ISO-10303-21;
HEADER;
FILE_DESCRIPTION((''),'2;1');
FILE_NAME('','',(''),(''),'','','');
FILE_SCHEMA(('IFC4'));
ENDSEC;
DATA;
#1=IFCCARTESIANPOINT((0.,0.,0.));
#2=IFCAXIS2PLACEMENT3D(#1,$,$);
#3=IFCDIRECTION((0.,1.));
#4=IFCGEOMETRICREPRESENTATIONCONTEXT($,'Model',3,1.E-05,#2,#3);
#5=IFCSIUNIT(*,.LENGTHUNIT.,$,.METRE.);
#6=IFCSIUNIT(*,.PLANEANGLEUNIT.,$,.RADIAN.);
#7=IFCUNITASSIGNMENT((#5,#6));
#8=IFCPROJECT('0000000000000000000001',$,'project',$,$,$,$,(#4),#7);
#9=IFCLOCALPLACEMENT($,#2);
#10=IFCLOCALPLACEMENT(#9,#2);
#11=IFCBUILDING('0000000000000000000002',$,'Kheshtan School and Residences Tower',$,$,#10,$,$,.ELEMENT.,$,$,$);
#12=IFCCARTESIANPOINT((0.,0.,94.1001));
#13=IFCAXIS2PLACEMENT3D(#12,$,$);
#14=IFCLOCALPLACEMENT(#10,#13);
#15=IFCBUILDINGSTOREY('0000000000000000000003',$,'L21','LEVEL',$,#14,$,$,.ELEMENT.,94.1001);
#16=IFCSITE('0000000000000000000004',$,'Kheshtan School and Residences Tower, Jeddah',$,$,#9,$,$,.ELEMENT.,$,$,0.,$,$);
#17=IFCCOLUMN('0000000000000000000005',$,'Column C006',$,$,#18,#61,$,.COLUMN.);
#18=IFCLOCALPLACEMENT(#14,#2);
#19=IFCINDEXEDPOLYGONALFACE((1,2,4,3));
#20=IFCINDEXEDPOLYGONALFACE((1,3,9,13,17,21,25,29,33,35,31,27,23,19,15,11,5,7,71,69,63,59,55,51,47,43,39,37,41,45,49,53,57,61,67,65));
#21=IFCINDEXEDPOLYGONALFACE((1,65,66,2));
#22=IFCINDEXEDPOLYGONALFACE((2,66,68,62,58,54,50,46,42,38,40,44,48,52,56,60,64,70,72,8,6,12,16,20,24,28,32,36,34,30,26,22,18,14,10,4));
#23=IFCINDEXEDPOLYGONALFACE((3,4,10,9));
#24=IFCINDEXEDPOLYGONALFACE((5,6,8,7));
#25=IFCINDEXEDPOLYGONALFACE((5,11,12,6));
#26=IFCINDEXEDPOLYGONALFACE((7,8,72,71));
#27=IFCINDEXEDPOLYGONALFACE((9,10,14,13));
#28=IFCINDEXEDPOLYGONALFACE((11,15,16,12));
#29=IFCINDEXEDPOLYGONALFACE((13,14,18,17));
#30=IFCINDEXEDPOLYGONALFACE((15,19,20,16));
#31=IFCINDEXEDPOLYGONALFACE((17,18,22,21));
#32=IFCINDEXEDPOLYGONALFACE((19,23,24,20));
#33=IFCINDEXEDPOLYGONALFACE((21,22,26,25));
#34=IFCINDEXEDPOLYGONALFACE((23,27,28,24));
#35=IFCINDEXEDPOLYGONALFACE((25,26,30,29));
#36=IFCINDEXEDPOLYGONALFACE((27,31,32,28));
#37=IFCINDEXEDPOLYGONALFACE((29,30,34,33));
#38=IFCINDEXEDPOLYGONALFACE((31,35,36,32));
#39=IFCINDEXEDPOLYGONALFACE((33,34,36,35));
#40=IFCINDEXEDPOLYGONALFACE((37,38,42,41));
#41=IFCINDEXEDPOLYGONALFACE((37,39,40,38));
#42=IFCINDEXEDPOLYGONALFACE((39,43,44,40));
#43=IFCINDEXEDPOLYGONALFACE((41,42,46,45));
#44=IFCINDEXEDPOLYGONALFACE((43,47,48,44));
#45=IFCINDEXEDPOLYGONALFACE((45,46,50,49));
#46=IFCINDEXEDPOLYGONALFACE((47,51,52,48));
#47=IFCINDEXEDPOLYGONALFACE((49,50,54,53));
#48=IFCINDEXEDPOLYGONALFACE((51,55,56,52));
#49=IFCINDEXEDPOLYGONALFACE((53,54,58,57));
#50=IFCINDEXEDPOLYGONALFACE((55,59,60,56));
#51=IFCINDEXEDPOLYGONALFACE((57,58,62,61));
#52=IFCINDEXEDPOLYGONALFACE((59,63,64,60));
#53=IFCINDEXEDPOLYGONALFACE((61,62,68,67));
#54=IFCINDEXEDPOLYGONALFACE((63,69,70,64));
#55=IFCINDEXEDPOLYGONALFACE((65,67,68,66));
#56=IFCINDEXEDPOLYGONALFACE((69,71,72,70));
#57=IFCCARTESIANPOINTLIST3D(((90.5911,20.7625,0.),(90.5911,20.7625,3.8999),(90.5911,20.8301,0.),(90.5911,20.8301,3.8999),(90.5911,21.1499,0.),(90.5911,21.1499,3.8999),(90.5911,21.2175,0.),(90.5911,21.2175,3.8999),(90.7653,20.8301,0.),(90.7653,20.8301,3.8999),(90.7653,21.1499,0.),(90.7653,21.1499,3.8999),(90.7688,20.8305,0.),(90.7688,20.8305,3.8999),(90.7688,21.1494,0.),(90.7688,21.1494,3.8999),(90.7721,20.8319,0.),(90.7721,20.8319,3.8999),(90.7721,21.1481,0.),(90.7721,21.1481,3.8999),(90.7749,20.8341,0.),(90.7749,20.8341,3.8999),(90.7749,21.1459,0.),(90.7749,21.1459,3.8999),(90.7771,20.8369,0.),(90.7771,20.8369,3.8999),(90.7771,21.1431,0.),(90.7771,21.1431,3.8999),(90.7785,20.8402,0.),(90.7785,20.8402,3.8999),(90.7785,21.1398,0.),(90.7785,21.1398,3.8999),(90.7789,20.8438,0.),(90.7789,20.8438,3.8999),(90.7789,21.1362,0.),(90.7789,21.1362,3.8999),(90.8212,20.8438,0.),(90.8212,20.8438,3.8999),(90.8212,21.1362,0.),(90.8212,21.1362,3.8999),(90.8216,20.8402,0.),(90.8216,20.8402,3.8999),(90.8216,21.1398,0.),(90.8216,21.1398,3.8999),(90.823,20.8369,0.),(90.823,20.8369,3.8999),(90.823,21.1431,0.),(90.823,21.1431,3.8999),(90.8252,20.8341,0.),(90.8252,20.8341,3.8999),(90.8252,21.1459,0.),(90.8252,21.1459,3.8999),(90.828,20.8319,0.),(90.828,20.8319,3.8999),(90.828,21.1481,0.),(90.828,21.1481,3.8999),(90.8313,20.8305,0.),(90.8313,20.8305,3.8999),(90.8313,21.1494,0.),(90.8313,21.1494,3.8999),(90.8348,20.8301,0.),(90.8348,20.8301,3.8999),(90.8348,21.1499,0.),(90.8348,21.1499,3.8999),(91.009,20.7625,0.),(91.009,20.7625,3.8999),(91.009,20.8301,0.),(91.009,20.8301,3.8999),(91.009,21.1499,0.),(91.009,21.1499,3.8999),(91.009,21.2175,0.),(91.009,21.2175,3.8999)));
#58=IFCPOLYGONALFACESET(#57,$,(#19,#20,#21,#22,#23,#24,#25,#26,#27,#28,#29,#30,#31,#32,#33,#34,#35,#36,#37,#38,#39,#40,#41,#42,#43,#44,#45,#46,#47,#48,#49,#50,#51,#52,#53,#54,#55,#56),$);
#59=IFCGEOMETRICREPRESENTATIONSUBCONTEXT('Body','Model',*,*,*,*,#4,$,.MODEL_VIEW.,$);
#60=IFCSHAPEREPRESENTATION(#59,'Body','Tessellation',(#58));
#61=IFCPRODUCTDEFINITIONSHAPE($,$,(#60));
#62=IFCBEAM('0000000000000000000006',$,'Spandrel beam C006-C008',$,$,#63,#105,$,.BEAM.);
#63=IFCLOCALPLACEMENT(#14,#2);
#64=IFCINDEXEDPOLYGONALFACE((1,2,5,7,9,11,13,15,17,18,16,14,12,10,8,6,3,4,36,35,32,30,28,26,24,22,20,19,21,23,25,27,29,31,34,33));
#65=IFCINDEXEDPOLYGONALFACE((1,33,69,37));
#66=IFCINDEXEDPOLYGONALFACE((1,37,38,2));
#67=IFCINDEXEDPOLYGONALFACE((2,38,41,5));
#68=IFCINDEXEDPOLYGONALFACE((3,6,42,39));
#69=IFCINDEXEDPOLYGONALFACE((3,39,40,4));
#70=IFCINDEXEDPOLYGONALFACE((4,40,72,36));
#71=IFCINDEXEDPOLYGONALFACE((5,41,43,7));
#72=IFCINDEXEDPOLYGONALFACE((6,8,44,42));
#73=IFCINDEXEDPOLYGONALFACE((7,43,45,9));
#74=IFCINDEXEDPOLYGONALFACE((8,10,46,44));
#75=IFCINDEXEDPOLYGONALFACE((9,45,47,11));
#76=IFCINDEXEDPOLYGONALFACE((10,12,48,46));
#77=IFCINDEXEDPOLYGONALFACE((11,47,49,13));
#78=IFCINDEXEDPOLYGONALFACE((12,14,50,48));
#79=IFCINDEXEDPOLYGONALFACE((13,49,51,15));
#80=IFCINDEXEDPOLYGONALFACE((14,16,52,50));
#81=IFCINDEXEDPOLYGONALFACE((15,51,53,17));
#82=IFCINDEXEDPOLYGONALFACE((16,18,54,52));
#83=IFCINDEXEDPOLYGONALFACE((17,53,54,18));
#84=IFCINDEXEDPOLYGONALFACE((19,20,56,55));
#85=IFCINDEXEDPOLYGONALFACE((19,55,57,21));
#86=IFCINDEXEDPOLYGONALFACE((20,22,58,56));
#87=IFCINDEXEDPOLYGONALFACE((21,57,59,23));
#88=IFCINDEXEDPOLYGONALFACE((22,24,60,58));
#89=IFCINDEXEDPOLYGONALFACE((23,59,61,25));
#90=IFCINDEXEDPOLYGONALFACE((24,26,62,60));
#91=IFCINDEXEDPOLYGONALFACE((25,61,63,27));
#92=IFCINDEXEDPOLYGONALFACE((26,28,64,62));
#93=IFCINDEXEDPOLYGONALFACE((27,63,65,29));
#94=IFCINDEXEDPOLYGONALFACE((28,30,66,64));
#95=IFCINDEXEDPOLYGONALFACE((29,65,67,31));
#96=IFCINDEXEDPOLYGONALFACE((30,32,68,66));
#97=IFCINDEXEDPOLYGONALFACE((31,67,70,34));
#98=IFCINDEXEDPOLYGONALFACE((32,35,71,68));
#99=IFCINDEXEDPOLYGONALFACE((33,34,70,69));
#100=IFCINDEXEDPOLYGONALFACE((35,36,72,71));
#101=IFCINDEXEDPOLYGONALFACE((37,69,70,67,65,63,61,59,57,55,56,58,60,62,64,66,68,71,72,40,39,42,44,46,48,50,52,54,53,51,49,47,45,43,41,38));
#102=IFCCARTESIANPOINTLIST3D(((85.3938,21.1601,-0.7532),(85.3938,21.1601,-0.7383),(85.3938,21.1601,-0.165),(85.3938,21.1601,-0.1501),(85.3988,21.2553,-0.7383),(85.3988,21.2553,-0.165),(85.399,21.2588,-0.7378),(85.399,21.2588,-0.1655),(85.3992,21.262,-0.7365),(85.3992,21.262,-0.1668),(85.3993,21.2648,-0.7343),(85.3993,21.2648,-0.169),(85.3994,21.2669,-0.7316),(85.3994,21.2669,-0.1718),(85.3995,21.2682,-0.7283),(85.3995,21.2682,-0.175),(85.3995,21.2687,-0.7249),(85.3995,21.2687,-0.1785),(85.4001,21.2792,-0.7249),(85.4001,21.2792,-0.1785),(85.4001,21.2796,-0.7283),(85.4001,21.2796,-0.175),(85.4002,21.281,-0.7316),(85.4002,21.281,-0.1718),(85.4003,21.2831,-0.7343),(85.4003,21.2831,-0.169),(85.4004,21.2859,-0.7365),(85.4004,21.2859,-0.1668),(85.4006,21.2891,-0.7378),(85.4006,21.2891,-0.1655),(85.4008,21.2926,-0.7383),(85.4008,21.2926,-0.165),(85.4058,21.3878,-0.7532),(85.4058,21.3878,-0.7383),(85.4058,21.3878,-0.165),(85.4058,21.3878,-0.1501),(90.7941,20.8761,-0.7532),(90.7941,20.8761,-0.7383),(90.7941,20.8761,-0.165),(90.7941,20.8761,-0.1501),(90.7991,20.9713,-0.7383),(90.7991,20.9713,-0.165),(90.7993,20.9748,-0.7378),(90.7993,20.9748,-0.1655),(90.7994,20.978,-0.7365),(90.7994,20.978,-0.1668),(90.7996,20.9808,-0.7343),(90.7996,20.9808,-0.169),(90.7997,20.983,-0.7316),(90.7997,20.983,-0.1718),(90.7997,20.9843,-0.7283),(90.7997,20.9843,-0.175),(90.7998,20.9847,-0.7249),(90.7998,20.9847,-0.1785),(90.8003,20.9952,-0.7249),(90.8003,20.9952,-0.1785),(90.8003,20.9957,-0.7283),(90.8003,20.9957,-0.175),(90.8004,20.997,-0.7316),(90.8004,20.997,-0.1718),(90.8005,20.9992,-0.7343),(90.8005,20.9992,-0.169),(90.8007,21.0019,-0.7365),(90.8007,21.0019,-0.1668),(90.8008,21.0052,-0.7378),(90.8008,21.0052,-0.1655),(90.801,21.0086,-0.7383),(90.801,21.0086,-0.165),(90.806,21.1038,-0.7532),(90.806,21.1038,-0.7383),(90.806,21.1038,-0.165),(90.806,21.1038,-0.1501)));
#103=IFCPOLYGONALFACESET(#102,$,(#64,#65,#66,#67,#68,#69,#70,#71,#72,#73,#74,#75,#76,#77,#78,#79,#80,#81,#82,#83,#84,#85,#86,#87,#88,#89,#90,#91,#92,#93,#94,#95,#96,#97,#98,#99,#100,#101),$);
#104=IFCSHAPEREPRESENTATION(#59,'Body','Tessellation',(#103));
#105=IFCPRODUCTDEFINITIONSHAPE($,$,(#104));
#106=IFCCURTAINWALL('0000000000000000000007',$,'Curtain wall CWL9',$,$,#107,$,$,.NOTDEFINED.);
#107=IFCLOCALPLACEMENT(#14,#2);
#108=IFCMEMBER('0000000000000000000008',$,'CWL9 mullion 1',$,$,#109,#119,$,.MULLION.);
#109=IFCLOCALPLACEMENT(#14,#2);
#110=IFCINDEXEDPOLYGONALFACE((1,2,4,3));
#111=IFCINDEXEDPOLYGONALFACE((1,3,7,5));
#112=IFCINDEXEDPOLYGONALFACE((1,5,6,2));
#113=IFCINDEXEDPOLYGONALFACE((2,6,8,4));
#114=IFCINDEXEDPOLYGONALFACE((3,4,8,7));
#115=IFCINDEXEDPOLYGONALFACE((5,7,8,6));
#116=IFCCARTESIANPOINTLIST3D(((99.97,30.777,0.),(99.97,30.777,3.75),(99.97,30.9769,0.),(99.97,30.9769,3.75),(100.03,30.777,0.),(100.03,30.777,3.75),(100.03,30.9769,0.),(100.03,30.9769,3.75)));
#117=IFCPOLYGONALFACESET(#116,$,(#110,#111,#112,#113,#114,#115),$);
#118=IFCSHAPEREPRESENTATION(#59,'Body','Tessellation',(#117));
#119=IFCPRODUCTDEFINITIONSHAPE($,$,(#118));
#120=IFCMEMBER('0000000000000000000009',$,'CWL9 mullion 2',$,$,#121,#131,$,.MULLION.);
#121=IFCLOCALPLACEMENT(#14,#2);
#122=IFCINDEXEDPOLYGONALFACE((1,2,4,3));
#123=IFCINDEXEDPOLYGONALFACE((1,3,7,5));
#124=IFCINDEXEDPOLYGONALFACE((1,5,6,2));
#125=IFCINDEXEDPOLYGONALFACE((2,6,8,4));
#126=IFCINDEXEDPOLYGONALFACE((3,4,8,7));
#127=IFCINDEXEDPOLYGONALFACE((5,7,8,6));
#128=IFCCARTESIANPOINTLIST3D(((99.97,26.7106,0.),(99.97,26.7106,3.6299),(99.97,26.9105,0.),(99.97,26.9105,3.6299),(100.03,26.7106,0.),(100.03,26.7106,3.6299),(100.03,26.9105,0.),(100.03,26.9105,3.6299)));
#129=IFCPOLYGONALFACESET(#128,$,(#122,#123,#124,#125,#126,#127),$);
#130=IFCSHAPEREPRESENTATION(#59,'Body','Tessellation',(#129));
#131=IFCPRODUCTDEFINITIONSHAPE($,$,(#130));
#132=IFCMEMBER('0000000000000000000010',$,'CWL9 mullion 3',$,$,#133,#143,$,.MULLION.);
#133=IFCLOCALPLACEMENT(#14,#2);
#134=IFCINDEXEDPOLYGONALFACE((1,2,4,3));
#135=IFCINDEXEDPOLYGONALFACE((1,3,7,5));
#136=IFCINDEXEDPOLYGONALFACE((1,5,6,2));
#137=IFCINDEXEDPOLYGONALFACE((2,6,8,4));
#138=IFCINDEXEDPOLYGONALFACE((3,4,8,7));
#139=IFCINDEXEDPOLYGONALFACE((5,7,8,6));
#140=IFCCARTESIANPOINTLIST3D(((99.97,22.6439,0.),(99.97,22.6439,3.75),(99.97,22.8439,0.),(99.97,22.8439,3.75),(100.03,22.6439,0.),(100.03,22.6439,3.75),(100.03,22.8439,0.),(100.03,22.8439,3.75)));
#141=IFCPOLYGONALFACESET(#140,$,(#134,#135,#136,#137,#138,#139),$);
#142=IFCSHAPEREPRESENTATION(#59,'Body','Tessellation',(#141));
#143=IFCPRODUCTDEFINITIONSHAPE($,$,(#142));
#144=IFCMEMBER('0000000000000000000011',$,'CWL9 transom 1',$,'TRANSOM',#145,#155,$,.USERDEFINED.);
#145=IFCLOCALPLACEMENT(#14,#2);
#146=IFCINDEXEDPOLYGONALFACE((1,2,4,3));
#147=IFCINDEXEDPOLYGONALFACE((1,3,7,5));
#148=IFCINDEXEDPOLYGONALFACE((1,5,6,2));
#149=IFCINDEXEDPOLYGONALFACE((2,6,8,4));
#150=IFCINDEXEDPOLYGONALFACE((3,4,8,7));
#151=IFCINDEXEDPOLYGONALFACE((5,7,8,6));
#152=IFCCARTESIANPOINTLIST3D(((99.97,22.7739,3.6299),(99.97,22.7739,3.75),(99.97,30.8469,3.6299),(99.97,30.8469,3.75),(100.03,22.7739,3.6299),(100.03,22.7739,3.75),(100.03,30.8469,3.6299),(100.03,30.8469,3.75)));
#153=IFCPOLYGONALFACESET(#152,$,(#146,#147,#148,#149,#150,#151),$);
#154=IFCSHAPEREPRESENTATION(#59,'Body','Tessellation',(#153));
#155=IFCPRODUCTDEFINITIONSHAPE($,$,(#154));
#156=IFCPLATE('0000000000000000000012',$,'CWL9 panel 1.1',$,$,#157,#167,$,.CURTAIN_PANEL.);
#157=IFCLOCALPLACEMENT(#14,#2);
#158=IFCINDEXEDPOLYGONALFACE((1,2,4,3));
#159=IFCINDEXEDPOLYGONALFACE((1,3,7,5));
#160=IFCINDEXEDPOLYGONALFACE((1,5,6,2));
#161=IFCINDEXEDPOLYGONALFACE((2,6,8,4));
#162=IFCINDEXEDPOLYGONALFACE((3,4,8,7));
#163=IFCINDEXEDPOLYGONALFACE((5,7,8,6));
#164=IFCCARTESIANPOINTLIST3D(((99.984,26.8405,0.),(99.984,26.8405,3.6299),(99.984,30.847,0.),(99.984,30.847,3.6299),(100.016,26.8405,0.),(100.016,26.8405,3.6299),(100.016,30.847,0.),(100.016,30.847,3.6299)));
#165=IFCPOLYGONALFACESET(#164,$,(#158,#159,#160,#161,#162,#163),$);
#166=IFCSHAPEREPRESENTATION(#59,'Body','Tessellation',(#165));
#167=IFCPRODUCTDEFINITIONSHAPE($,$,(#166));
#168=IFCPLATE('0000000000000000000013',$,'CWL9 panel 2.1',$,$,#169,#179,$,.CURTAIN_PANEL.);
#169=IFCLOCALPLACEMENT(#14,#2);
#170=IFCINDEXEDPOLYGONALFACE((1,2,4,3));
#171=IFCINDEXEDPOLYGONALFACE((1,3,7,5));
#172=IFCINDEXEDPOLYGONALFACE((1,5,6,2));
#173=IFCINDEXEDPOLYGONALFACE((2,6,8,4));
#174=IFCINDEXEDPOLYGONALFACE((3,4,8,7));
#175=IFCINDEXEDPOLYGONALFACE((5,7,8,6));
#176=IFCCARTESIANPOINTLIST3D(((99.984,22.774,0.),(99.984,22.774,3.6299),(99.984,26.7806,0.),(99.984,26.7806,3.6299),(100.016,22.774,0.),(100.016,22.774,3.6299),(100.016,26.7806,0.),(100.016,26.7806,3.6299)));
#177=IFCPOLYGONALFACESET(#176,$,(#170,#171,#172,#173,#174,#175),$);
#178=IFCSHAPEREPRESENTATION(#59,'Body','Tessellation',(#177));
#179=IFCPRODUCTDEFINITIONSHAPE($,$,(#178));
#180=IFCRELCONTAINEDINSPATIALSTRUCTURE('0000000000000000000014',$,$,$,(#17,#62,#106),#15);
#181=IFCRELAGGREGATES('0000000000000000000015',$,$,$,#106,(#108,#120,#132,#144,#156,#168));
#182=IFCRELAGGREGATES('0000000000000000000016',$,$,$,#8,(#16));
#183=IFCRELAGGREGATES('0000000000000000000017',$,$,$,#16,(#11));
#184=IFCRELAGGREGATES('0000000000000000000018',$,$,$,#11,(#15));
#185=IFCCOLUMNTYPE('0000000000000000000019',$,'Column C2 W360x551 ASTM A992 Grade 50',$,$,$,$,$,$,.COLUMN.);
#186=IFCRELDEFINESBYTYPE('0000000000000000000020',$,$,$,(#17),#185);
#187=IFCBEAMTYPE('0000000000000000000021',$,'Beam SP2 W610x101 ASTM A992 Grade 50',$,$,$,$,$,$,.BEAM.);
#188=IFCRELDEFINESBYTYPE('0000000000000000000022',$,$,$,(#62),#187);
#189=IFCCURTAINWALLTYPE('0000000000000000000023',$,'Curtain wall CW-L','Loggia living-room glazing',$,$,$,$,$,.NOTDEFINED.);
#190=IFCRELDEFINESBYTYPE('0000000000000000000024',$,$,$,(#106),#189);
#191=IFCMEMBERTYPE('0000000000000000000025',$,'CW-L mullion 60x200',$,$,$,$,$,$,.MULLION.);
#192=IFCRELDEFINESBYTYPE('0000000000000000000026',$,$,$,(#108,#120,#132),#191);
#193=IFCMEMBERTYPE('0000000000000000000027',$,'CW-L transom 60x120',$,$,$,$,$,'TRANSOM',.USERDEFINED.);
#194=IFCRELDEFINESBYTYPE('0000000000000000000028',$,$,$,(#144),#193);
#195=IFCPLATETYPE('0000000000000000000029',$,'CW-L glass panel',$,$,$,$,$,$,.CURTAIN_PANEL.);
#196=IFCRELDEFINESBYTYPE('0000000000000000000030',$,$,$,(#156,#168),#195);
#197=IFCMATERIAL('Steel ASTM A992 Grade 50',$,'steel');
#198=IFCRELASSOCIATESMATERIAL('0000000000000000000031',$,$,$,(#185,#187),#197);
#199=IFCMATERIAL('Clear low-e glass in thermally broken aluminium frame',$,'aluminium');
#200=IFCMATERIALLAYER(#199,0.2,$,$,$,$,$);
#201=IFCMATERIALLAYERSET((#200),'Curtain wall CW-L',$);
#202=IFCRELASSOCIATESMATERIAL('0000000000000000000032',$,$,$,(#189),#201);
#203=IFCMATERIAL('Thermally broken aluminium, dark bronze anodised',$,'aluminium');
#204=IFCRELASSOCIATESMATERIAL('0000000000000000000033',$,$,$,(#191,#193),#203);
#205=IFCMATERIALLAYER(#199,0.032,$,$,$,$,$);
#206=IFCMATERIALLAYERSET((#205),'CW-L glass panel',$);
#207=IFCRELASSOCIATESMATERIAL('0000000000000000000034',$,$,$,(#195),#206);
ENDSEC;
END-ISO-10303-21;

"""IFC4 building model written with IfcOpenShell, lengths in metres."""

from ifc_helpers import new_model, si_unit, direction, frame, origin, origin_2d, place, context, subcontext, project, spatial, rectangle, i_section, extrude, material, layer, layer_set, material_profile, profile_set, type_object, element, aggregate, save


model = new_model("IFC4")

# Units and contexts
model_context = context("Model", 3, precision=1e-05, world=origin(), true_north=direction((0.0, 1.0)))
body_context = subcontext(model_context, "Body", "Model", "MODEL_VIEW")
ifc_project = project(units=[si_unit("LENGTHUNIT", "METRE"), si_unit("PLANEANGLEUNIT", "RADIAN")], contexts=[model_context])

# Site, building, storey
site_placement = place(None, origin())
site = spatial("IfcSite", under=ifc_project, at=site_placement, Name="Kheshtan School and Residences Tower, Jeddah", CompositionType="ELEMENT", RefElevation=0.0)
building_placement = place(site_placement, origin())
building = spatial("IfcBuilding", under=site, at=building_placement, Name="Kheshtan School and Residences Tower", CompositionType="ELEMENT")
storey_placement = place(building_placement, frame((0.0, 0.0, 94.1001)))
storey = spatial("IfcBuildingStorey", under=building, at=storey_placement, Name="L21", Description="LEVEL", CompositionType="ELEMENT", Elevation=94.1001)

# Column
ifc_material_1 = material(Name="Steel ASTM A992 Grade 50", Category="steel")
ifc_material_profile_1 = material_profile(ifc_material_1, i_section(OverallWidth=0.418, OverallDepth=0.4551, WebThickness=0.0422, FlangeThickness=0.0676, FilletRadius=0.0137, at=origin_2d()), Name="W360x551")
ifc_profile_set_1 = profile_set([ifc_material_profile_1], Name="Steel ASTM A992 Grade 50")
column_type = type_object("IfcColumnType", Name="Column C2 W360x551 ASTM A992 Grade 50", PredefinedType="COLUMN", material=ifc_profile_set_1)
column_placement = place(storey_placement, frame((90.8, 20.99, 0.0), z_axis=(0.0, 0.0, 1.0), x_axis=(1.0, 0.0, 0.0)))
element("IfcColumn", 1, at=column_placement, inside=storey, type_object=column_type, Name="Column C006", PredefinedType="COLUMN", context=body_context, shape_type="SweptSolid", body=[
    extrude(i_section(OverallWidth=0.418, OverallDepth=0.4551, WebThickness=0.0422, FlangeThickness=0.0676, FilletRadius=0.0137, at=origin_2d()), origin(), (0.0, 0.0, 1.0), 3.8999),
])

# Beam
ifc_material_profile_2 = material_profile(ifc_material_1, i_section(OverallWidth=0.228, OverallDepth=0.603, WebThickness=0.0105, FlangeThickness=0.0149, FilletRadius=0.0134, at=origin_2d()), Name="W610x101")
ifc_profile_set_2 = profile_set([ifc_material_profile_2], Name="Steel ASTM A992 Grade 50")
beam_type = type_object("IfcBeamType", Name="Beam SP2 W610x101 ASTM A992 Grade 50", PredefinedType="BEAM", material=ifc_profile_set_2)
beam_placement = place(storey_placement, frame((90.8, 20.99, -0.4517), z_axis=(-0.998621, 0.052507, 0.0), x_axis=(-0.052507, -0.998621, 0.0)))
element("IfcBeam", 2, at=beam_placement, inside=storey, type_object=beam_type, Name="Spandrel beam C006-C008", PredefinedType="BEAM", context=body_context, shape_type="SweptSolid", body=[
    extrude(i_section(OverallWidth=0.228, OverallDepth=0.603, WebThickness=0.0105, FlangeThickness=0.0149, FilletRadius=0.0134, at=origin_2d()), origin(), (0.0, 0.0, 1.0), 5.4077),
])

# Curtain wall, members, plates
ifc_material_2 = material(Name="Clear low-e glass in thermally broken aluminium frame", Category="aluminium")
ifc_layer_1 = layer(ifc_material_2, 0.2)
ifc_layer_set_1 = layer_set([ifc_layer_1], Name="Curtain wall CW-L")
curtain_wall_type = type_object("IfcCurtainWallType", Name="Curtain wall CW-L", Description="Loggia living-room glazing", PredefinedType="NOTDEFINED", material=ifc_layer_set_1)
curtain_wall_placement = place(storey_placement, origin())
curtain_wall = element("IfcCurtainWall", 3, at=curtain_wall_placement, inside=storey, type_object=curtain_wall_type, Name="Curtain wall CWL9", PredefinedType="NOTDEFINED")
ifc_material_3 = material(Name="Thermally broken aluminium, dark bronze anodised", Category="aluminium")
ifc_material_profile_3 = material_profile(ifc_material_3, rectangle(XDim=0.0601, YDim=0.2, at=origin_2d()), Name="CW-L mullion 60x200")
ifc_profile_set_3 = profile_set([ifc_material_profile_3], Name="Thermally broken aluminium, dark bronze anodised")
member_type_1 = type_object("IfcMemberType", Name="CW-L mullion 60x200", PredefinedType="MULLION", material=ifc_profile_set_3)
member_1_placement = place(storey_placement, frame((100.0, 30.877, 0.0), z_axis=(0.0, 0.0, 1.0), x_axis=(1.0, 0.0, 0.0)))
member_1 = element("IfcMember", 4, at=member_1_placement, type_object=member_type_1, Name="CWL9 mullion 1", PredefinedType="MULLION", context=body_context, shape_type="SweptSolid", body=[
    extrude(rectangle(XDim=0.0601, YDim=0.2, at=origin_2d()), origin(), (0.0, 0.0, 1.0), 3.75),
])
member_2_placement = place(storey_placement, frame((100.0, 26.8105, 0.0), z_axis=(0.0, 0.0, 1.0), x_axis=(1.0, 0.0, 0.0)))
member_2 = element("IfcMember", 5, at=member_2_placement, type_object=member_type_1, Name="CWL9 mullion 2", PredefinedType="MULLION", context=body_context, shape_type="SweptSolid", body=[
    extrude(rectangle(XDim=0.0601, YDim=0.2, at=origin_2d()), origin(), (0.0, 0.0, 1.0), 3.6299),
])
member_3_placement = place(storey_placement, frame((100.0, 22.7439, 0.0), z_axis=(0.0, 0.0, 1.0), x_axis=(1.0, 0.0, 0.0)))
member_3 = element("IfcMember", 6, at=member_3_placement, type_object=member_type_1, Name="CWL9 mullion 3", PredefinedType="MULLION", context=body_context, shape_type="SweptSolid", body=[
    extrude(rectangle(XDim=0.0601, YDim=0.2, at=origin_2d()), origin(), (0.0, 0.0, 1.0), 3.75),
])
ifc_material_profile_4 = material_profile(ifc_material_3, rectangle(XDim=0.0601, YDim=0.1201, at=origin_2d()), Name="CW-L transom 60x120")
ifc_profile_set_4 = profile_set([ifc_material_profile_4], Name="Thermally broken aluminium, dark bronze anodised")
member_type_2 = type_object("IfcMemberType", Name="CW-L transom 60x120", ElementType="TRANSOM", PredefinedType="USERDEFINED", material=ifc_profile_set_4)
member_4_placement = place(storey_placement, frame((100.0, 30.8469, 3.6899), z_axis=(0.0, -1.0, 0.0), x_axis=(1.0, 0.0, 0.0)))
member_4 = element("IfcMember", 7, at=member_4_placement, type_object=member_type_2, Name="CWL9 transom 1", ObjectType="TRANSOM", PredefinedType="USERDEFINED", context=body_context, shape_type="SweptSolid", body=[
    extrude(rectangle(XDim=0.0601, YDim=0.1201, at=origin_2d()), origin(), (0.0, 0.0, 1.0), 8.073),
])
ifc_layer_2 = layer(ifc_material_2, 0.032)
ifc_layer_set_2 = layer_set([ifc_layer_2], Name="CW-L glass panel")
plate_type = type_object("IfcPlateType", Name="CW-L glass panel", PredefinedType="CURTAIN_PANEL", material=ifc_layer_set_2)
plate_1_placement = place(storey_placement, frame((100.0, 28.8438, 0.0), z_axis=(0.0, 0.0, 1.0), x_axis=(0.0, -1.0, 0.0)))
plate_1 = element("IfcPlate", 8, at=plate_1_placement, type_object=plate_type, Name="CWL9 panel 1.1", PredefinedType="CURTAIN_PANEL", context=body_context, shape_type="SweptSolid", body=[
    extrude(rectangle(XDim=4.0066, YDim=0.032, at=origin_2d()), origin(), (0.0, 0.0, 1.0), 3.6299),
])
plate_2_placement = place(storey_placement, frame((100.0, 24.7773, 0.0), z_axis=(0.0, 0.0, 1.0), x_axis=(0.0, -1.0, 0.0)))
plate_2 = element("IfcPlate", 9, at=plate_2_placement, type_object=plate_type, Name="CWL9 panel 2.1", PredefinedType="CURTAIN_PANEL", context=body_context, shape_type="SweptSolid", body=[
    extrude(rectangle(XDim=4.0066, YDim=0.032, at=origin_2d()), origin(), (0.0, 0.0, 1.0), 3.6299),
])
aggregate(curtain_wall, [member_1, member_2, member_3, member_4, plate_1, plate_2])

save(model, "model.ifc")
